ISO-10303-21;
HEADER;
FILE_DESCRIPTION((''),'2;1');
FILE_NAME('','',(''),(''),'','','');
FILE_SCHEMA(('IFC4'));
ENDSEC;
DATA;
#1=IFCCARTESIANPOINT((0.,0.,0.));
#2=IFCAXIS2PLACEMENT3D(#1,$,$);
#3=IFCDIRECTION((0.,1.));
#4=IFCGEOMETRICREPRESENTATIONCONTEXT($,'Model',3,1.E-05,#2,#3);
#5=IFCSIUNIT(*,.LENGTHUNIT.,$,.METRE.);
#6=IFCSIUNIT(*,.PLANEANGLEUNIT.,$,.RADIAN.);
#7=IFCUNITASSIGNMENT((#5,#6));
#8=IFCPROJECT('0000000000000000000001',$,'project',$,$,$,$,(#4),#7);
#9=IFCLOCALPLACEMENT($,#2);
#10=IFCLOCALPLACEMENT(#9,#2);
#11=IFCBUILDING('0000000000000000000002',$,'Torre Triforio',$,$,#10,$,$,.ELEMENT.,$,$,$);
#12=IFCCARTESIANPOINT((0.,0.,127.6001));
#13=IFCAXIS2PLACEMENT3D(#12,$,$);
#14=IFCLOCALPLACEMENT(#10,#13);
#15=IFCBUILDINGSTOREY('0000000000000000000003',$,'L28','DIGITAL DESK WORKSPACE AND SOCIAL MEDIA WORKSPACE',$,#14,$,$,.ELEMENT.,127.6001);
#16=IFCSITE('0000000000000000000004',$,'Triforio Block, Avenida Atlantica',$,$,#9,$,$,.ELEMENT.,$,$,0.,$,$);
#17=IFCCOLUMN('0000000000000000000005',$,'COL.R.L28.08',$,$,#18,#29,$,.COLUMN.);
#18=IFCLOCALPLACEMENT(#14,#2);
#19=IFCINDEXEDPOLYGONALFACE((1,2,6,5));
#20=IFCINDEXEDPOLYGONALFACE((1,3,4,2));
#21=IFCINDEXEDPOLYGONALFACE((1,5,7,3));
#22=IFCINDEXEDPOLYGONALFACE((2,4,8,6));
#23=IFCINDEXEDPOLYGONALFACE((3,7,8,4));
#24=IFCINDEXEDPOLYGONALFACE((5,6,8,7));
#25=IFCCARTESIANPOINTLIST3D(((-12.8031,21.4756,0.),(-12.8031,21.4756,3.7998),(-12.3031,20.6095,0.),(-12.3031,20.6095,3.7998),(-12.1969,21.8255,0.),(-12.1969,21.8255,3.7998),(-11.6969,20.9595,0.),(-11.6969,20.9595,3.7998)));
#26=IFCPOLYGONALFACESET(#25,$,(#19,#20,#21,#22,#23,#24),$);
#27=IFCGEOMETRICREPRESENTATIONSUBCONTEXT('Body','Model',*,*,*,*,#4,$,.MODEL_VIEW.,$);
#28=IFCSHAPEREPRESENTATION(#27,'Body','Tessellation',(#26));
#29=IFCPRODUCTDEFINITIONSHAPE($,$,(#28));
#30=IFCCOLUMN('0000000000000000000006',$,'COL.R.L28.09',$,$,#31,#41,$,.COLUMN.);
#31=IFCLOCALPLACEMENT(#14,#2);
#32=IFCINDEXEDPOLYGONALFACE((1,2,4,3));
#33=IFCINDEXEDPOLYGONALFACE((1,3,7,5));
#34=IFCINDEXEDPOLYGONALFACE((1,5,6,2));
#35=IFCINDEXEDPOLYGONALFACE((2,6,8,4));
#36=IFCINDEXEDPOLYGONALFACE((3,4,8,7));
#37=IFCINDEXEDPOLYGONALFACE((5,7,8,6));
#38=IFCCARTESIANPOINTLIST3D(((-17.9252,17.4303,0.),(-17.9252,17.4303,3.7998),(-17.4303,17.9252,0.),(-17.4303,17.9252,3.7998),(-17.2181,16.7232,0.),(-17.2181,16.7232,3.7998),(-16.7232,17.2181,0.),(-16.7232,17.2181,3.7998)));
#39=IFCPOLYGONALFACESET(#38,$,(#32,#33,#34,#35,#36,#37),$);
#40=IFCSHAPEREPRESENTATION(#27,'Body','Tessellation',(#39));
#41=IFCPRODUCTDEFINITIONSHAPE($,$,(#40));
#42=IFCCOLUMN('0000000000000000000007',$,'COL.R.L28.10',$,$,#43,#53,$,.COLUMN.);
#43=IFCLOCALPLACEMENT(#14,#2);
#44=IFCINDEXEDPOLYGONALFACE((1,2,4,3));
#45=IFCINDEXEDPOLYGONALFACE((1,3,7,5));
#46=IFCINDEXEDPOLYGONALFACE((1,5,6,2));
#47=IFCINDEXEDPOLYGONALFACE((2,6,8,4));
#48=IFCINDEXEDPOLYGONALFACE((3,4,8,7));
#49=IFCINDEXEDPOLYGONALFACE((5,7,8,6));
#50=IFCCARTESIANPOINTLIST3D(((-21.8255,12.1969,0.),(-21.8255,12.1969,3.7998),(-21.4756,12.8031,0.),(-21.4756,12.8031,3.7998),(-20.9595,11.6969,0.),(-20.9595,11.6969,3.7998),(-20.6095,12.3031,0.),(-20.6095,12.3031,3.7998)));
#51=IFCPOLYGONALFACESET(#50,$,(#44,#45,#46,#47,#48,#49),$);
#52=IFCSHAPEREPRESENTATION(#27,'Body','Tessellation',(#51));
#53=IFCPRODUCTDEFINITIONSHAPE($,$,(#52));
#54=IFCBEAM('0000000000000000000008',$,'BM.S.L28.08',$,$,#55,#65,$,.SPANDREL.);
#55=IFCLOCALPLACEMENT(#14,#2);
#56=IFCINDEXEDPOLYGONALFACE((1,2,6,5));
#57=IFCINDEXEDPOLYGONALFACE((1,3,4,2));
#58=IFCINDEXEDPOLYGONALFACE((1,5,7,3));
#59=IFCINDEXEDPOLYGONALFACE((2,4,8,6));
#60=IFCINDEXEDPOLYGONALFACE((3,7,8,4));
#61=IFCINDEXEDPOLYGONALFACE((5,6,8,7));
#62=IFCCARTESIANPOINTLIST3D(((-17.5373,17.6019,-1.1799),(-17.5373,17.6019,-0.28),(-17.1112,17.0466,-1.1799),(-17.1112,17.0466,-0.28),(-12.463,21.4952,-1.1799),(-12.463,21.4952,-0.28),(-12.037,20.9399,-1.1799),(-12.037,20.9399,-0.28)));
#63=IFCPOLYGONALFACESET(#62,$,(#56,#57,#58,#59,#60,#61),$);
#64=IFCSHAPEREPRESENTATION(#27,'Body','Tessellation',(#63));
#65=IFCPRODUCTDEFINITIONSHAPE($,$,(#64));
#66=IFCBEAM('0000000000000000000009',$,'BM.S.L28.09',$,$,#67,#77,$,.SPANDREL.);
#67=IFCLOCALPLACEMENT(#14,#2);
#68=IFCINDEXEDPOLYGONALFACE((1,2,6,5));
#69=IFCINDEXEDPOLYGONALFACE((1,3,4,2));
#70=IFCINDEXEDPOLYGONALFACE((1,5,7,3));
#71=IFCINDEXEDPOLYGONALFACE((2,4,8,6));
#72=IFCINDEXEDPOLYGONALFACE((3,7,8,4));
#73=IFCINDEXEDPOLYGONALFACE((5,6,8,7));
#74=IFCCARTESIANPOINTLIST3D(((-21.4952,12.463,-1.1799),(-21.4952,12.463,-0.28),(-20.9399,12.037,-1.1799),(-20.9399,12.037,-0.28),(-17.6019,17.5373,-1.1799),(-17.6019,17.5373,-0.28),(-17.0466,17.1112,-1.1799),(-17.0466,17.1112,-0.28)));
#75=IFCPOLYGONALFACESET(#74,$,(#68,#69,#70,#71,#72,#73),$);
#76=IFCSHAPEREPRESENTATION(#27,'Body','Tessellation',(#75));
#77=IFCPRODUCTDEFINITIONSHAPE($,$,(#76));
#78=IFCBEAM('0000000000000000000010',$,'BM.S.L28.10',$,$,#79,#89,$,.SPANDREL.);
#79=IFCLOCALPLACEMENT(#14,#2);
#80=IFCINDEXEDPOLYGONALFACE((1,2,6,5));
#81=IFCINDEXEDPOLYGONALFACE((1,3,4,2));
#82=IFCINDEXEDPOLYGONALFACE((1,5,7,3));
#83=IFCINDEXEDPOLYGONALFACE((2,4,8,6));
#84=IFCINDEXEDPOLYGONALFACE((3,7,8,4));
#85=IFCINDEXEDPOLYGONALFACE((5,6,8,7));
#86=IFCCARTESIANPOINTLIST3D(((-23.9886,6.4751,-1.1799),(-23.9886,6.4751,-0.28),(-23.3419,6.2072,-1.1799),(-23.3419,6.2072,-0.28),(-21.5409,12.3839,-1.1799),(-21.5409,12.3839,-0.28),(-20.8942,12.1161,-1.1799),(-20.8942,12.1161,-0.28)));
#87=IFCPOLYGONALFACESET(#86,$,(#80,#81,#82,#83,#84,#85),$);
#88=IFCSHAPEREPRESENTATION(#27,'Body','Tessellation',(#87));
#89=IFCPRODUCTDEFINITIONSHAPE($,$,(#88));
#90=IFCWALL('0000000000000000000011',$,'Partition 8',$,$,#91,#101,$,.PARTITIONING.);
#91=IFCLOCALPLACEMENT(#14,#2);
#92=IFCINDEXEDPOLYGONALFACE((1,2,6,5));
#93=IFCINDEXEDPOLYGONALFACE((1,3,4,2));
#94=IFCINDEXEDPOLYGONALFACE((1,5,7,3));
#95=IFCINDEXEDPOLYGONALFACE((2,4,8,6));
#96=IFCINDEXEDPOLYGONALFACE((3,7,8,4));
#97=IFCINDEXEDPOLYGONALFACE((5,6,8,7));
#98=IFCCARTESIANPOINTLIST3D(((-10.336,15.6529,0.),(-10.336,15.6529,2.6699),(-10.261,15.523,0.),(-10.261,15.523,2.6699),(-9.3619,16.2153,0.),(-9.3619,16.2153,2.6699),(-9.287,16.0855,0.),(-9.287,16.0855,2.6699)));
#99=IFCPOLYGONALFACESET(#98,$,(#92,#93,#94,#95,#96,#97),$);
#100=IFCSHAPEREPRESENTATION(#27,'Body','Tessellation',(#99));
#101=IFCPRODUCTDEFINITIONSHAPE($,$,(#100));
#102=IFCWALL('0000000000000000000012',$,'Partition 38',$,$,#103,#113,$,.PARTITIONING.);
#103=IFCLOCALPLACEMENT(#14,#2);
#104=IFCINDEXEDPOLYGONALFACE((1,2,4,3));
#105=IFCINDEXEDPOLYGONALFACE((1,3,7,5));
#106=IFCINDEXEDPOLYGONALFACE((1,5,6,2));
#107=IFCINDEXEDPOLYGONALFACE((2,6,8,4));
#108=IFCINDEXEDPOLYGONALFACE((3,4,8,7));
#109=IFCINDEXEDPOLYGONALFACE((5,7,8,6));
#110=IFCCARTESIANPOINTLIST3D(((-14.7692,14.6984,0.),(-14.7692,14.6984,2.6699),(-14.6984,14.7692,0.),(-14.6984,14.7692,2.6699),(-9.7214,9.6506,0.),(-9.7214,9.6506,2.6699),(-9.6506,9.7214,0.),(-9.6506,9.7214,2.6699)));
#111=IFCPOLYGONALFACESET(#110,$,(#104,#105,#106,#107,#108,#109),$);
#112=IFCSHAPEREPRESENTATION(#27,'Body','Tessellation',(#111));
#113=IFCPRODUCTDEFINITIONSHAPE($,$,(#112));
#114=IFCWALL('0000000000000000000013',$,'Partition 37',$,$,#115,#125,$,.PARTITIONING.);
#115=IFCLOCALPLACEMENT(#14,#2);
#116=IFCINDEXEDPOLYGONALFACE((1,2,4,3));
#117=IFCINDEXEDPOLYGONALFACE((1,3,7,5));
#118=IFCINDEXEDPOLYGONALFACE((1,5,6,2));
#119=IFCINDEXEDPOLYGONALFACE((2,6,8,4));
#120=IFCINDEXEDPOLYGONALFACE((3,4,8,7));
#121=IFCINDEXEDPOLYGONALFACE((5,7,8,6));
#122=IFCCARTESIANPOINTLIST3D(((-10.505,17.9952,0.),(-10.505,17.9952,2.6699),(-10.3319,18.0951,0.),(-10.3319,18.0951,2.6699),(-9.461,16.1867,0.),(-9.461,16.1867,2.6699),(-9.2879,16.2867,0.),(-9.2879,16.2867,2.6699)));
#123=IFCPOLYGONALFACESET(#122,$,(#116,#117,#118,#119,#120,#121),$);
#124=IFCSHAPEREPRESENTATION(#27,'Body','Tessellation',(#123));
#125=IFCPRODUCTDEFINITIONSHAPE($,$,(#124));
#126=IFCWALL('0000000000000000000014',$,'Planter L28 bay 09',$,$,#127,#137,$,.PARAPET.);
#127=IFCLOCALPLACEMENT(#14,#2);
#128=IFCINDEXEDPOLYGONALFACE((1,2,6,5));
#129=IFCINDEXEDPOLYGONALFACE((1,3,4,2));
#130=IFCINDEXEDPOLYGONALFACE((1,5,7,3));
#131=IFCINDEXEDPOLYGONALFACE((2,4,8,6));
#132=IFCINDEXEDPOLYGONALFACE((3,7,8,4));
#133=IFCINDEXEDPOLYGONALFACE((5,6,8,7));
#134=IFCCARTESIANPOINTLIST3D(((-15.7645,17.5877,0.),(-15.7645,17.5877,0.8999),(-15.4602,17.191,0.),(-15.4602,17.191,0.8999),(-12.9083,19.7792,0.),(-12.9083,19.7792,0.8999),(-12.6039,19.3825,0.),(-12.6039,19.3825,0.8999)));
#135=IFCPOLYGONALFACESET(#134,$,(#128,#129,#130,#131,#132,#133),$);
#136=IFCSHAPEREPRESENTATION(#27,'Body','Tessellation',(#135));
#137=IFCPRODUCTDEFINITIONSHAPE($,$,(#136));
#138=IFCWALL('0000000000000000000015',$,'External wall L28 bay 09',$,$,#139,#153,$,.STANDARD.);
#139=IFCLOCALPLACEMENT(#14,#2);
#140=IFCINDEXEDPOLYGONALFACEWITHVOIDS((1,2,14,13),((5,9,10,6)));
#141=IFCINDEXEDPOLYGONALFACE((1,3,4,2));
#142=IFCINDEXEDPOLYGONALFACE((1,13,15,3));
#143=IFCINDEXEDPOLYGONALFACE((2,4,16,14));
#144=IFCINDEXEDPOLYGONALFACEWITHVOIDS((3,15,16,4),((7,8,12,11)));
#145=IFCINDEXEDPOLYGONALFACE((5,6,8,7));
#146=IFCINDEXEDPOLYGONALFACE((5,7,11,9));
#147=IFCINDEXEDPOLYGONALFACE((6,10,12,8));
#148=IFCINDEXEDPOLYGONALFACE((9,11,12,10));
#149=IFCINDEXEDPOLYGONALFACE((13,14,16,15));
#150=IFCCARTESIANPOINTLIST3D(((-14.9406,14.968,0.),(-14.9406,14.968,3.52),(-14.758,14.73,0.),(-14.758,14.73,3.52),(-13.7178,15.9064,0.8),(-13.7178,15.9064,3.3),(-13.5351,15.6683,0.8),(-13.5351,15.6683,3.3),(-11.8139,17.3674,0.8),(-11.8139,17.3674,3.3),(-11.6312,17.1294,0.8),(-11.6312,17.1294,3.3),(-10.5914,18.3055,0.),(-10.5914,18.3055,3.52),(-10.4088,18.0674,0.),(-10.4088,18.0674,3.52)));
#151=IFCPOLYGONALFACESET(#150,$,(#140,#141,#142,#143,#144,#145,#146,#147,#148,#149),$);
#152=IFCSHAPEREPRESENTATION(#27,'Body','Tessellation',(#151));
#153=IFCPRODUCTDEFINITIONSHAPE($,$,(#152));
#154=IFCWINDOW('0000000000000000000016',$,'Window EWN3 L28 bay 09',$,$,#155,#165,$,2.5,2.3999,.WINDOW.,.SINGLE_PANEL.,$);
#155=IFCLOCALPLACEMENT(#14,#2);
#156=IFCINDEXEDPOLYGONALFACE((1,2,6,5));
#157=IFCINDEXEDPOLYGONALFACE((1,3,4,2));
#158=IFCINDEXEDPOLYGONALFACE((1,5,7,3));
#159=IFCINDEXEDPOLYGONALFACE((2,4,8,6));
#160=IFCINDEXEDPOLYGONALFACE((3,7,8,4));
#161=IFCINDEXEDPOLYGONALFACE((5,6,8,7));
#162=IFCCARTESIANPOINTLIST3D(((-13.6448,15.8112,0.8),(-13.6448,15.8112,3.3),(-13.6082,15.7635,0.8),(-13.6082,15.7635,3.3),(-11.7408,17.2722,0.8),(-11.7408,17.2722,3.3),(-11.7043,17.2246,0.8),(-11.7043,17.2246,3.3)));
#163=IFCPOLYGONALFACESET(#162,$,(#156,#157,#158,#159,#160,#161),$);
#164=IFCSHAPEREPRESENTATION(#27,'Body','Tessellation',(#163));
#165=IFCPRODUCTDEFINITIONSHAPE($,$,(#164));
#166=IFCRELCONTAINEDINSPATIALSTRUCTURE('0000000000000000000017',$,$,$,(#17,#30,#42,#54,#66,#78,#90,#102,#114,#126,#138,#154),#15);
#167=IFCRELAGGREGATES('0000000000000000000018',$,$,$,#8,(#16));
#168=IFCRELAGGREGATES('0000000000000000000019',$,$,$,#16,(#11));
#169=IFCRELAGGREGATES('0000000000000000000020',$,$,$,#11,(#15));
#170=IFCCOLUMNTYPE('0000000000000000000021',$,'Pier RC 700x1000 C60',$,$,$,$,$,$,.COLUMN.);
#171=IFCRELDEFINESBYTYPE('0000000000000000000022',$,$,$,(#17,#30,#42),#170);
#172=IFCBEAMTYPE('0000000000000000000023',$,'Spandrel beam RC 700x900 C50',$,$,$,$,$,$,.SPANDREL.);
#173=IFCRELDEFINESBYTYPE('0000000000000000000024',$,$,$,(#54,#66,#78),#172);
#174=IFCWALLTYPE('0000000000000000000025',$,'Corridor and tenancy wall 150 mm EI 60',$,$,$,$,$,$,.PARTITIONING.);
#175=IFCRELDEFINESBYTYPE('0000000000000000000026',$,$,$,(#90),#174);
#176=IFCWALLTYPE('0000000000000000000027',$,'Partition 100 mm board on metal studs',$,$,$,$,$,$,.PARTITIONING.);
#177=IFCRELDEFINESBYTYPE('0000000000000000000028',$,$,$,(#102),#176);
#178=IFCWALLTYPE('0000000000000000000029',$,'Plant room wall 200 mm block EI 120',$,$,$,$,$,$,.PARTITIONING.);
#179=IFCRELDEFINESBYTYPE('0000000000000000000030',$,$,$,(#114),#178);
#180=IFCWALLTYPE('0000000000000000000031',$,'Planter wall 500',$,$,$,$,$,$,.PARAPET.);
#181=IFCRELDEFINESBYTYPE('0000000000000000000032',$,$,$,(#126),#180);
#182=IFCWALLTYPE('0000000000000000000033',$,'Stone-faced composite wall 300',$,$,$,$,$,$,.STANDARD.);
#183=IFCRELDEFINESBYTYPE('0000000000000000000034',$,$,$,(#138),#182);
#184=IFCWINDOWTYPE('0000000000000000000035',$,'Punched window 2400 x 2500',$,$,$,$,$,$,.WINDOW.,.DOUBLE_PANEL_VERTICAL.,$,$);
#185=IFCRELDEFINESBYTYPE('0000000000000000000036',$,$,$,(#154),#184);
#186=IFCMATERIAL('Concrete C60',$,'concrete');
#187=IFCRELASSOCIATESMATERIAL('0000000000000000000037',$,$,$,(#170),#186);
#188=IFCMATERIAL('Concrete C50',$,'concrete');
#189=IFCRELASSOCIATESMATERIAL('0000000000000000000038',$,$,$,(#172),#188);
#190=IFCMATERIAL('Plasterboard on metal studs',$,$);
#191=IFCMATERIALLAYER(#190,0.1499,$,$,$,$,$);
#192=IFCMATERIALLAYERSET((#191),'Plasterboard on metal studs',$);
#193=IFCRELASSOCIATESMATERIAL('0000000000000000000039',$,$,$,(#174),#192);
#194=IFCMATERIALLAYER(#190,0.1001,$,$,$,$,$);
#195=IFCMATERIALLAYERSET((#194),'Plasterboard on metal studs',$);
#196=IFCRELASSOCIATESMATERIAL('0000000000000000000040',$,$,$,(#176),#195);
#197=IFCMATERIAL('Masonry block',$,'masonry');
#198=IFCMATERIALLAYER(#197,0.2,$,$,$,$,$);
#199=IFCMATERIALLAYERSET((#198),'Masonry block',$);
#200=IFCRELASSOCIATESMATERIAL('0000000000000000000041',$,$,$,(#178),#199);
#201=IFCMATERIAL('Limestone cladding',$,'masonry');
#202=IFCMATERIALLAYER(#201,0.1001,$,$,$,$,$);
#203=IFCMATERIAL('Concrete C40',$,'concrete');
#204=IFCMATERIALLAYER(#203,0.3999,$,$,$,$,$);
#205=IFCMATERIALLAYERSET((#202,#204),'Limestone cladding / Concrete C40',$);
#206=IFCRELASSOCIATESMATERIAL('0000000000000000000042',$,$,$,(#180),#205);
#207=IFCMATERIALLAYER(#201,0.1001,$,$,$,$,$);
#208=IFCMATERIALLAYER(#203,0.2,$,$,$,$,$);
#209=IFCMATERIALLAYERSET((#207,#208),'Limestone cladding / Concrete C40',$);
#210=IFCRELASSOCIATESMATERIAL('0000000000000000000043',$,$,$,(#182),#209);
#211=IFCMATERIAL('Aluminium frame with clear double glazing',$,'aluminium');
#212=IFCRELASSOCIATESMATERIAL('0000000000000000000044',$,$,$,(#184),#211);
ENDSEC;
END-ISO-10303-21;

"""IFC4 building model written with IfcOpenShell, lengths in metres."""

from ifc_helpers import new_model, si_unit, direction, frame, frame_2d, origin, origin_2d, place, context, subcontext, project, spatial, rectangle, extrude, material, layer, layer_set, material_profile, profile_set, type_object, element, fill, save


model = new_model("IFC4")

# Units and contexts
model_context = context("Model", 3, precision=1e-05, world=origin(), true_north=direction((0.0, 1.0)))
body_context = subcontext(model_context, "Body", "Model", "MODEL_VIEW")
ifc_project = project(units=[si_unit("LENGTHUNIT", "METRE"), si_unit("PLANEANGLEUNIT", "RADIAN")], contexts=[model_context])

# Site, building, storey
site_placement = place(None, origin())
site = spatial("IfcSite", under=ifc_project, at=site_placement, Name="Triforio Block, Avenida Atlantica", CompositionType="ELEMENT", RefElevation=0.0)
building_placement = place(site_placement, origin())
building = spatial("IfcBuilding", under=site, at=building_placement, Name="Torre Triforio", CompositionType="ELEMENT")
storey_placement = place(building_placement, frame((0.0, 0.0, 127.6001)))
storey = spatial("IfcBuildingStorey", under=building, at=storey_placement, Name="L28", Description="DIGITAL DESK WORKSPACE AND SOCIAL MEDIA WORKSPACE", CompositionType="ELEMENT", Elevation=127.6001)

# Columns
ifc_material_1 = material(Name="Concrete C60", Category="concrete")
ifc_material_profile_1 = material_profile(ifc_material_1, rectangle(XDim=0.7, YDim=1.0, at=origin_2d()), Name="RC 700x1000")
ifc_profile_set_1 = profile_set([ifc_material_profile_1], Name="Concrete C60")
column_type = type_object("IfcColumnType", Name="Pier RC 700x1000 C60", PredefinedType="COLUMN", material=ifc_profile_set_1)
for number, where, z_axis, x_axis, name in (
    (1, (-12.25, 21.2175, 0.0), (0.0, 0.0, 1.0), (-0.866025, -0.5, 0.0), "COL.R.L28.08"),
    (2, (-17.3242, 17.3242, 0.0), (0.0, 0.0, 1.0), (-0.707107, -0.707107, 0.0), "COL.R.L28.09"),
    (3, (-21.2175, 12.25, 0.0), (0.0, 0.0, 1.0), (-0.5, -0.866025, 0.0), "COL.R.L28.10"),
):
    element("IfcColumn", number, at=place(storey_placement, frame(where, z_axis=z_axis, x_axis=x_axis)), inside=storey, type_object=column_type, Name=name, PredefinedType="COLUMN", context=body_context, shape_type="SweptSolid", body=[
        extrude(rectangle(XDim=0.7, YDim=1.0, at=origin_2d()), origin(), (0.0, 0.0, 1.0), 3.7998),
    ])

# Beams
ifc_material_2 = material(Name="Concrete C50", Category="concrete")
ifc_material_profile_2 = material_profile(ifc_material_2, rectangle(XDim=0.7, YDim=0.8999, at=origin_2d()), Name="RC 700x900")
ifc_profile_set_2 = profile_set([ifc_material_profile_2], Name="Concrete C50")
beam_type = type_object("IfcBeamType", Name="Spandrel beam RC 700x900 C50", PredefinedType="SPANDREL", material=ifc_profile_set_2)
for number, where, z_axis, x_axis, name in (
    (4, (-12.25, 21.2175, -0.73), (-0.793374, -0.608734, 0.0), (0.608734, -0.793374, 0.0), "BM.S.L28.08"),
    (5, (-17.3242, 17.3242, -0.73), (-0.608734, -0.793374, 0.0), (0.793374, -0.608734, 0.0), "BM.S.L28.09"),
    (6, (-21.2175, 12.25, -0.73), (-0.382709, -0.923869, 0.0), (0.923869, -0.382709, 0.0), "BM.S.L28.10"),
):
    element("IfcBeam", number, at=place(storey_placement, frame(where, z_axis=z_axis, x_axis=x_axis)), inside=storey, type_object=beam_type, Name=name, PredefinedType="SPANDREL", context=body_context, shape_type="SweptSolid", body=[
        extrude(rectangle(XDim=0.7, YDim=0.8999, at=origin_2d()), origin(), (0.0, 0.0, 1.0), 6.3958),
    ])

# Walls
ifc_material_3 = material(Name="Plasterboard on metal studs")
ifc_layer_1 = layer(ifc_material_3, 0.1499)
ifc_layer_set_1 = layer_set([ifc_layer_1], Name="Plasterboard on metal studs")
wall_type_1 = type_object("IfcWallType", Name="Corridor and tenancy wall 150 mm EI 60", PredefinedType="PARTITIONING", material=ifc_layer_set_1)
wall_1_placement = place(storey_placement, frame((-10.2986, 15.5879, 0.0), z_axis=(0.0, 0.0, 1.0), x_axis=(0.86599, 0.500061, 0.0)))
element("IfcWall", 7, at=wall_1_placement, inside=storey, type_object=wall_type_1, Name="Partition 8", PredefinedType="PARTITIONING", context=body_context, shape_type="SweptSolid", body=[
    extrude(rectangle(XDim=1.1248, YDim=0.1499, at=frame_2d((0.5625, 0.0))), origin(), (0.0, 0.0, 1.0), 2.6699),
])
ifc_layer_2 = layer(ifc_material_3, 0.1001)
ifc_layer_set_2 = layer_set([ifc_layer_2], Name="Plasterboard on metal studs")
wall_type_2 = type_object("IfcWallType", Name="Partition 100 mm board on metal studs", PredefinedType="PARTITIONING", material=ifc_layer_set_2)
wall_2_placement = place(storey_placement, frame((-9.686, 9.686, 0.0), z_axis=(0.0, 0.0, 1.0), x_axis=(-0.707107, 0.707107, 0.0)))
element("IfcWall", 8, at=wall_2_placement, inside=storey, type_object=wall_type_2, Name="Partition 38", PredefinedType="PARTITIONING", context=body_context, shape_type="SweptSolid", body=[
    extrude(rectangle(XDim=7.1387, YDim=0.1001, at=frame_2d((3.5693, 0.0))), origin(), (0.0, 0.0, 1.0), 2.6699),
])
ifc_material_4 = material(Name="Masonry block", Category="masonry")
ifc_layer_3 = layer(ifc_material_4, 0.2)
ifc_layer_set_3 = layer_set([ifc_layer_3], Name="Masonry block")
wall_type_3 = type_object("IfcWallType", Name="Plant room wall 200 mm block EI 120", PredefinedType="PARTITIONING", material=ifc_layer_set_3)
wall_3_placement = place(storey_placement, frame((-9.3745, 16.2368, 0.0), z_axis=(0.0, 0.0, 1.0), x_axis=(-0.499962, 0.866047, 0.0)))
element("IfcWall", 9, at=wall_3_placement, inside=storey, type_object=wall_type_3, Name="Partition 37", PredefinedType="PARTITIONING", context=body_context, shape_type="SweptSolid", body=[
    extrude(rectangle(XDim=2.0881, YDim=0.2, at=frame_2d((1.0439, 0.0))), origin(), (0.0, 0.0, 1.0), 2.6699),
])
ifc_material_5 = material(Name="Limestone cladding", Category="masonry")
ifc_layer_4 = layer(ifc_material_5, 0.1001)
ifc_material_6 = material(Name="Concrete C40", Category="concrete")
ifc_layer_5 = layer(ifc_material_6, 0.3999)
ifc_layer_set_4 = layer_set([ifc_layer_4, ifc_layer_5], Name="Limestone cladding / Concrete C40")
wall_type_4 = type_object("IfcWallType", Name="Planter wall 500", PredefinedType="PARAPET", material=ifc_layer_set_4)
wall_4_placement = place(storey_placement, frame((-12.7561, 19.5808, 0.0), z_axis=(0.0, 0.0, 1.0), x_axis=(-0.793385, -0.608721, 0.0)))
element("IfcWall", 10, at=wall_4_placement, inside=storey, type_object=wall_type_4, Name="Planter L28 bay 09", PredefinedType="PARAPET", context=body_context, shape_type="SweptSolid", body=[
    extrude(rectangle(XDim=3.6001, YDim=0.5, at=frame_2d((1.8, 0.0))), origin(), (0.0, 0.0, 1.0), 0.8999),
])

# Wall, opening, window
ifc_layer_6 = layer(ifc_material_5, 0.1001)
ifc_layer_7 = layer(ifc_material_6, 0.2)
ifc_layer_set_5 = layer_set([ifc_layer_6, ifc_layer_7], Name="Limestone cladding / Concrete C40")
wall_type_5 = type_object("IfcWallType", Name="Stone-faced composite wall 300", PredefinedType="STANDARD", material=ifc_layer_set_5)
wall_5_placement = place(storey_placement, frame((-10.5, 18.1865, 0.0), z_axis=(0.0, 0.0, 1.0), x_axis=(-0.793335, -0.608785, 0.0)))
wall_5 = element("IfcWall", 11, at=wall_5_placement, inside=storey, type_object=wall_type_5, Name="External wall L28 bay 09", PredefinedType="STANDARD", context=body_context, shape_type="SweptSolid", body=[
    extrude(rectangle(XDim=5.4822, YDim=0.3, at=frame_2d((2.7412, 0.0))), origin(), (0.0, 0.0, 1.0), 3.52),
])
opening_1_placement = place(wall_5_placement, frame((1.541, 0.0, 0.8)))
opening_1 = element("IfcOpeningElement", 12, at=opening_1_placement, cuts=wall_5, PredefinedType="OPENING", context=body_context, shape_type="SweptSolid", body=[
    extrude(rectangle(XDim=2.3999, YDim=2.5, at=frame_2d((1.2, 1.25))), frame((0.0, 0.1599, 0.0), z_axis=(0.0, -1.0, 0.0), x_axis=(1.0, 0.0, 0.0)), (0.0, 0.0, 1.0), 0.3201),
])
ifc_material_7 = material(Name="Aluminium frame with clear double glazing", Category="aluminium")
window_type_1 = type_object("IfcWindowType", Name="Punched window 2400 x 2500", PartitioningType="DOUBLE_PANEL_VERTICAL", PredefinedType="WINDOW", material=ifc_material_7)
window_1_placement = place(opening_1_placement, origin())
window_1 = element("IfcWindow", 13, at=window_1_placement, inside=storey, type_object=window_type_1, Name="Window EWN3 L28 bay 09", OverallHeight=2.5, OverallWidth=2.3999, PartitioningType="SINGLE_PANEL", PredefinedType="WINDOW", context=body_context, shape_type="SweptSolid", body=[
    extrude(rectangle(XDim=2.3999, YDim=2.5, at=frame_2d((1.2, 1.25))), frame((0.0, 0.03, 0.0), z_axis=(0.0, -1.0, 0.0), x_axis=(1.0, 0.0, 0.0)), (0.0, 0.0, 1.0), 0.0601),
])
fill(opening_1, window_1)

save(model, "model.ifc")
